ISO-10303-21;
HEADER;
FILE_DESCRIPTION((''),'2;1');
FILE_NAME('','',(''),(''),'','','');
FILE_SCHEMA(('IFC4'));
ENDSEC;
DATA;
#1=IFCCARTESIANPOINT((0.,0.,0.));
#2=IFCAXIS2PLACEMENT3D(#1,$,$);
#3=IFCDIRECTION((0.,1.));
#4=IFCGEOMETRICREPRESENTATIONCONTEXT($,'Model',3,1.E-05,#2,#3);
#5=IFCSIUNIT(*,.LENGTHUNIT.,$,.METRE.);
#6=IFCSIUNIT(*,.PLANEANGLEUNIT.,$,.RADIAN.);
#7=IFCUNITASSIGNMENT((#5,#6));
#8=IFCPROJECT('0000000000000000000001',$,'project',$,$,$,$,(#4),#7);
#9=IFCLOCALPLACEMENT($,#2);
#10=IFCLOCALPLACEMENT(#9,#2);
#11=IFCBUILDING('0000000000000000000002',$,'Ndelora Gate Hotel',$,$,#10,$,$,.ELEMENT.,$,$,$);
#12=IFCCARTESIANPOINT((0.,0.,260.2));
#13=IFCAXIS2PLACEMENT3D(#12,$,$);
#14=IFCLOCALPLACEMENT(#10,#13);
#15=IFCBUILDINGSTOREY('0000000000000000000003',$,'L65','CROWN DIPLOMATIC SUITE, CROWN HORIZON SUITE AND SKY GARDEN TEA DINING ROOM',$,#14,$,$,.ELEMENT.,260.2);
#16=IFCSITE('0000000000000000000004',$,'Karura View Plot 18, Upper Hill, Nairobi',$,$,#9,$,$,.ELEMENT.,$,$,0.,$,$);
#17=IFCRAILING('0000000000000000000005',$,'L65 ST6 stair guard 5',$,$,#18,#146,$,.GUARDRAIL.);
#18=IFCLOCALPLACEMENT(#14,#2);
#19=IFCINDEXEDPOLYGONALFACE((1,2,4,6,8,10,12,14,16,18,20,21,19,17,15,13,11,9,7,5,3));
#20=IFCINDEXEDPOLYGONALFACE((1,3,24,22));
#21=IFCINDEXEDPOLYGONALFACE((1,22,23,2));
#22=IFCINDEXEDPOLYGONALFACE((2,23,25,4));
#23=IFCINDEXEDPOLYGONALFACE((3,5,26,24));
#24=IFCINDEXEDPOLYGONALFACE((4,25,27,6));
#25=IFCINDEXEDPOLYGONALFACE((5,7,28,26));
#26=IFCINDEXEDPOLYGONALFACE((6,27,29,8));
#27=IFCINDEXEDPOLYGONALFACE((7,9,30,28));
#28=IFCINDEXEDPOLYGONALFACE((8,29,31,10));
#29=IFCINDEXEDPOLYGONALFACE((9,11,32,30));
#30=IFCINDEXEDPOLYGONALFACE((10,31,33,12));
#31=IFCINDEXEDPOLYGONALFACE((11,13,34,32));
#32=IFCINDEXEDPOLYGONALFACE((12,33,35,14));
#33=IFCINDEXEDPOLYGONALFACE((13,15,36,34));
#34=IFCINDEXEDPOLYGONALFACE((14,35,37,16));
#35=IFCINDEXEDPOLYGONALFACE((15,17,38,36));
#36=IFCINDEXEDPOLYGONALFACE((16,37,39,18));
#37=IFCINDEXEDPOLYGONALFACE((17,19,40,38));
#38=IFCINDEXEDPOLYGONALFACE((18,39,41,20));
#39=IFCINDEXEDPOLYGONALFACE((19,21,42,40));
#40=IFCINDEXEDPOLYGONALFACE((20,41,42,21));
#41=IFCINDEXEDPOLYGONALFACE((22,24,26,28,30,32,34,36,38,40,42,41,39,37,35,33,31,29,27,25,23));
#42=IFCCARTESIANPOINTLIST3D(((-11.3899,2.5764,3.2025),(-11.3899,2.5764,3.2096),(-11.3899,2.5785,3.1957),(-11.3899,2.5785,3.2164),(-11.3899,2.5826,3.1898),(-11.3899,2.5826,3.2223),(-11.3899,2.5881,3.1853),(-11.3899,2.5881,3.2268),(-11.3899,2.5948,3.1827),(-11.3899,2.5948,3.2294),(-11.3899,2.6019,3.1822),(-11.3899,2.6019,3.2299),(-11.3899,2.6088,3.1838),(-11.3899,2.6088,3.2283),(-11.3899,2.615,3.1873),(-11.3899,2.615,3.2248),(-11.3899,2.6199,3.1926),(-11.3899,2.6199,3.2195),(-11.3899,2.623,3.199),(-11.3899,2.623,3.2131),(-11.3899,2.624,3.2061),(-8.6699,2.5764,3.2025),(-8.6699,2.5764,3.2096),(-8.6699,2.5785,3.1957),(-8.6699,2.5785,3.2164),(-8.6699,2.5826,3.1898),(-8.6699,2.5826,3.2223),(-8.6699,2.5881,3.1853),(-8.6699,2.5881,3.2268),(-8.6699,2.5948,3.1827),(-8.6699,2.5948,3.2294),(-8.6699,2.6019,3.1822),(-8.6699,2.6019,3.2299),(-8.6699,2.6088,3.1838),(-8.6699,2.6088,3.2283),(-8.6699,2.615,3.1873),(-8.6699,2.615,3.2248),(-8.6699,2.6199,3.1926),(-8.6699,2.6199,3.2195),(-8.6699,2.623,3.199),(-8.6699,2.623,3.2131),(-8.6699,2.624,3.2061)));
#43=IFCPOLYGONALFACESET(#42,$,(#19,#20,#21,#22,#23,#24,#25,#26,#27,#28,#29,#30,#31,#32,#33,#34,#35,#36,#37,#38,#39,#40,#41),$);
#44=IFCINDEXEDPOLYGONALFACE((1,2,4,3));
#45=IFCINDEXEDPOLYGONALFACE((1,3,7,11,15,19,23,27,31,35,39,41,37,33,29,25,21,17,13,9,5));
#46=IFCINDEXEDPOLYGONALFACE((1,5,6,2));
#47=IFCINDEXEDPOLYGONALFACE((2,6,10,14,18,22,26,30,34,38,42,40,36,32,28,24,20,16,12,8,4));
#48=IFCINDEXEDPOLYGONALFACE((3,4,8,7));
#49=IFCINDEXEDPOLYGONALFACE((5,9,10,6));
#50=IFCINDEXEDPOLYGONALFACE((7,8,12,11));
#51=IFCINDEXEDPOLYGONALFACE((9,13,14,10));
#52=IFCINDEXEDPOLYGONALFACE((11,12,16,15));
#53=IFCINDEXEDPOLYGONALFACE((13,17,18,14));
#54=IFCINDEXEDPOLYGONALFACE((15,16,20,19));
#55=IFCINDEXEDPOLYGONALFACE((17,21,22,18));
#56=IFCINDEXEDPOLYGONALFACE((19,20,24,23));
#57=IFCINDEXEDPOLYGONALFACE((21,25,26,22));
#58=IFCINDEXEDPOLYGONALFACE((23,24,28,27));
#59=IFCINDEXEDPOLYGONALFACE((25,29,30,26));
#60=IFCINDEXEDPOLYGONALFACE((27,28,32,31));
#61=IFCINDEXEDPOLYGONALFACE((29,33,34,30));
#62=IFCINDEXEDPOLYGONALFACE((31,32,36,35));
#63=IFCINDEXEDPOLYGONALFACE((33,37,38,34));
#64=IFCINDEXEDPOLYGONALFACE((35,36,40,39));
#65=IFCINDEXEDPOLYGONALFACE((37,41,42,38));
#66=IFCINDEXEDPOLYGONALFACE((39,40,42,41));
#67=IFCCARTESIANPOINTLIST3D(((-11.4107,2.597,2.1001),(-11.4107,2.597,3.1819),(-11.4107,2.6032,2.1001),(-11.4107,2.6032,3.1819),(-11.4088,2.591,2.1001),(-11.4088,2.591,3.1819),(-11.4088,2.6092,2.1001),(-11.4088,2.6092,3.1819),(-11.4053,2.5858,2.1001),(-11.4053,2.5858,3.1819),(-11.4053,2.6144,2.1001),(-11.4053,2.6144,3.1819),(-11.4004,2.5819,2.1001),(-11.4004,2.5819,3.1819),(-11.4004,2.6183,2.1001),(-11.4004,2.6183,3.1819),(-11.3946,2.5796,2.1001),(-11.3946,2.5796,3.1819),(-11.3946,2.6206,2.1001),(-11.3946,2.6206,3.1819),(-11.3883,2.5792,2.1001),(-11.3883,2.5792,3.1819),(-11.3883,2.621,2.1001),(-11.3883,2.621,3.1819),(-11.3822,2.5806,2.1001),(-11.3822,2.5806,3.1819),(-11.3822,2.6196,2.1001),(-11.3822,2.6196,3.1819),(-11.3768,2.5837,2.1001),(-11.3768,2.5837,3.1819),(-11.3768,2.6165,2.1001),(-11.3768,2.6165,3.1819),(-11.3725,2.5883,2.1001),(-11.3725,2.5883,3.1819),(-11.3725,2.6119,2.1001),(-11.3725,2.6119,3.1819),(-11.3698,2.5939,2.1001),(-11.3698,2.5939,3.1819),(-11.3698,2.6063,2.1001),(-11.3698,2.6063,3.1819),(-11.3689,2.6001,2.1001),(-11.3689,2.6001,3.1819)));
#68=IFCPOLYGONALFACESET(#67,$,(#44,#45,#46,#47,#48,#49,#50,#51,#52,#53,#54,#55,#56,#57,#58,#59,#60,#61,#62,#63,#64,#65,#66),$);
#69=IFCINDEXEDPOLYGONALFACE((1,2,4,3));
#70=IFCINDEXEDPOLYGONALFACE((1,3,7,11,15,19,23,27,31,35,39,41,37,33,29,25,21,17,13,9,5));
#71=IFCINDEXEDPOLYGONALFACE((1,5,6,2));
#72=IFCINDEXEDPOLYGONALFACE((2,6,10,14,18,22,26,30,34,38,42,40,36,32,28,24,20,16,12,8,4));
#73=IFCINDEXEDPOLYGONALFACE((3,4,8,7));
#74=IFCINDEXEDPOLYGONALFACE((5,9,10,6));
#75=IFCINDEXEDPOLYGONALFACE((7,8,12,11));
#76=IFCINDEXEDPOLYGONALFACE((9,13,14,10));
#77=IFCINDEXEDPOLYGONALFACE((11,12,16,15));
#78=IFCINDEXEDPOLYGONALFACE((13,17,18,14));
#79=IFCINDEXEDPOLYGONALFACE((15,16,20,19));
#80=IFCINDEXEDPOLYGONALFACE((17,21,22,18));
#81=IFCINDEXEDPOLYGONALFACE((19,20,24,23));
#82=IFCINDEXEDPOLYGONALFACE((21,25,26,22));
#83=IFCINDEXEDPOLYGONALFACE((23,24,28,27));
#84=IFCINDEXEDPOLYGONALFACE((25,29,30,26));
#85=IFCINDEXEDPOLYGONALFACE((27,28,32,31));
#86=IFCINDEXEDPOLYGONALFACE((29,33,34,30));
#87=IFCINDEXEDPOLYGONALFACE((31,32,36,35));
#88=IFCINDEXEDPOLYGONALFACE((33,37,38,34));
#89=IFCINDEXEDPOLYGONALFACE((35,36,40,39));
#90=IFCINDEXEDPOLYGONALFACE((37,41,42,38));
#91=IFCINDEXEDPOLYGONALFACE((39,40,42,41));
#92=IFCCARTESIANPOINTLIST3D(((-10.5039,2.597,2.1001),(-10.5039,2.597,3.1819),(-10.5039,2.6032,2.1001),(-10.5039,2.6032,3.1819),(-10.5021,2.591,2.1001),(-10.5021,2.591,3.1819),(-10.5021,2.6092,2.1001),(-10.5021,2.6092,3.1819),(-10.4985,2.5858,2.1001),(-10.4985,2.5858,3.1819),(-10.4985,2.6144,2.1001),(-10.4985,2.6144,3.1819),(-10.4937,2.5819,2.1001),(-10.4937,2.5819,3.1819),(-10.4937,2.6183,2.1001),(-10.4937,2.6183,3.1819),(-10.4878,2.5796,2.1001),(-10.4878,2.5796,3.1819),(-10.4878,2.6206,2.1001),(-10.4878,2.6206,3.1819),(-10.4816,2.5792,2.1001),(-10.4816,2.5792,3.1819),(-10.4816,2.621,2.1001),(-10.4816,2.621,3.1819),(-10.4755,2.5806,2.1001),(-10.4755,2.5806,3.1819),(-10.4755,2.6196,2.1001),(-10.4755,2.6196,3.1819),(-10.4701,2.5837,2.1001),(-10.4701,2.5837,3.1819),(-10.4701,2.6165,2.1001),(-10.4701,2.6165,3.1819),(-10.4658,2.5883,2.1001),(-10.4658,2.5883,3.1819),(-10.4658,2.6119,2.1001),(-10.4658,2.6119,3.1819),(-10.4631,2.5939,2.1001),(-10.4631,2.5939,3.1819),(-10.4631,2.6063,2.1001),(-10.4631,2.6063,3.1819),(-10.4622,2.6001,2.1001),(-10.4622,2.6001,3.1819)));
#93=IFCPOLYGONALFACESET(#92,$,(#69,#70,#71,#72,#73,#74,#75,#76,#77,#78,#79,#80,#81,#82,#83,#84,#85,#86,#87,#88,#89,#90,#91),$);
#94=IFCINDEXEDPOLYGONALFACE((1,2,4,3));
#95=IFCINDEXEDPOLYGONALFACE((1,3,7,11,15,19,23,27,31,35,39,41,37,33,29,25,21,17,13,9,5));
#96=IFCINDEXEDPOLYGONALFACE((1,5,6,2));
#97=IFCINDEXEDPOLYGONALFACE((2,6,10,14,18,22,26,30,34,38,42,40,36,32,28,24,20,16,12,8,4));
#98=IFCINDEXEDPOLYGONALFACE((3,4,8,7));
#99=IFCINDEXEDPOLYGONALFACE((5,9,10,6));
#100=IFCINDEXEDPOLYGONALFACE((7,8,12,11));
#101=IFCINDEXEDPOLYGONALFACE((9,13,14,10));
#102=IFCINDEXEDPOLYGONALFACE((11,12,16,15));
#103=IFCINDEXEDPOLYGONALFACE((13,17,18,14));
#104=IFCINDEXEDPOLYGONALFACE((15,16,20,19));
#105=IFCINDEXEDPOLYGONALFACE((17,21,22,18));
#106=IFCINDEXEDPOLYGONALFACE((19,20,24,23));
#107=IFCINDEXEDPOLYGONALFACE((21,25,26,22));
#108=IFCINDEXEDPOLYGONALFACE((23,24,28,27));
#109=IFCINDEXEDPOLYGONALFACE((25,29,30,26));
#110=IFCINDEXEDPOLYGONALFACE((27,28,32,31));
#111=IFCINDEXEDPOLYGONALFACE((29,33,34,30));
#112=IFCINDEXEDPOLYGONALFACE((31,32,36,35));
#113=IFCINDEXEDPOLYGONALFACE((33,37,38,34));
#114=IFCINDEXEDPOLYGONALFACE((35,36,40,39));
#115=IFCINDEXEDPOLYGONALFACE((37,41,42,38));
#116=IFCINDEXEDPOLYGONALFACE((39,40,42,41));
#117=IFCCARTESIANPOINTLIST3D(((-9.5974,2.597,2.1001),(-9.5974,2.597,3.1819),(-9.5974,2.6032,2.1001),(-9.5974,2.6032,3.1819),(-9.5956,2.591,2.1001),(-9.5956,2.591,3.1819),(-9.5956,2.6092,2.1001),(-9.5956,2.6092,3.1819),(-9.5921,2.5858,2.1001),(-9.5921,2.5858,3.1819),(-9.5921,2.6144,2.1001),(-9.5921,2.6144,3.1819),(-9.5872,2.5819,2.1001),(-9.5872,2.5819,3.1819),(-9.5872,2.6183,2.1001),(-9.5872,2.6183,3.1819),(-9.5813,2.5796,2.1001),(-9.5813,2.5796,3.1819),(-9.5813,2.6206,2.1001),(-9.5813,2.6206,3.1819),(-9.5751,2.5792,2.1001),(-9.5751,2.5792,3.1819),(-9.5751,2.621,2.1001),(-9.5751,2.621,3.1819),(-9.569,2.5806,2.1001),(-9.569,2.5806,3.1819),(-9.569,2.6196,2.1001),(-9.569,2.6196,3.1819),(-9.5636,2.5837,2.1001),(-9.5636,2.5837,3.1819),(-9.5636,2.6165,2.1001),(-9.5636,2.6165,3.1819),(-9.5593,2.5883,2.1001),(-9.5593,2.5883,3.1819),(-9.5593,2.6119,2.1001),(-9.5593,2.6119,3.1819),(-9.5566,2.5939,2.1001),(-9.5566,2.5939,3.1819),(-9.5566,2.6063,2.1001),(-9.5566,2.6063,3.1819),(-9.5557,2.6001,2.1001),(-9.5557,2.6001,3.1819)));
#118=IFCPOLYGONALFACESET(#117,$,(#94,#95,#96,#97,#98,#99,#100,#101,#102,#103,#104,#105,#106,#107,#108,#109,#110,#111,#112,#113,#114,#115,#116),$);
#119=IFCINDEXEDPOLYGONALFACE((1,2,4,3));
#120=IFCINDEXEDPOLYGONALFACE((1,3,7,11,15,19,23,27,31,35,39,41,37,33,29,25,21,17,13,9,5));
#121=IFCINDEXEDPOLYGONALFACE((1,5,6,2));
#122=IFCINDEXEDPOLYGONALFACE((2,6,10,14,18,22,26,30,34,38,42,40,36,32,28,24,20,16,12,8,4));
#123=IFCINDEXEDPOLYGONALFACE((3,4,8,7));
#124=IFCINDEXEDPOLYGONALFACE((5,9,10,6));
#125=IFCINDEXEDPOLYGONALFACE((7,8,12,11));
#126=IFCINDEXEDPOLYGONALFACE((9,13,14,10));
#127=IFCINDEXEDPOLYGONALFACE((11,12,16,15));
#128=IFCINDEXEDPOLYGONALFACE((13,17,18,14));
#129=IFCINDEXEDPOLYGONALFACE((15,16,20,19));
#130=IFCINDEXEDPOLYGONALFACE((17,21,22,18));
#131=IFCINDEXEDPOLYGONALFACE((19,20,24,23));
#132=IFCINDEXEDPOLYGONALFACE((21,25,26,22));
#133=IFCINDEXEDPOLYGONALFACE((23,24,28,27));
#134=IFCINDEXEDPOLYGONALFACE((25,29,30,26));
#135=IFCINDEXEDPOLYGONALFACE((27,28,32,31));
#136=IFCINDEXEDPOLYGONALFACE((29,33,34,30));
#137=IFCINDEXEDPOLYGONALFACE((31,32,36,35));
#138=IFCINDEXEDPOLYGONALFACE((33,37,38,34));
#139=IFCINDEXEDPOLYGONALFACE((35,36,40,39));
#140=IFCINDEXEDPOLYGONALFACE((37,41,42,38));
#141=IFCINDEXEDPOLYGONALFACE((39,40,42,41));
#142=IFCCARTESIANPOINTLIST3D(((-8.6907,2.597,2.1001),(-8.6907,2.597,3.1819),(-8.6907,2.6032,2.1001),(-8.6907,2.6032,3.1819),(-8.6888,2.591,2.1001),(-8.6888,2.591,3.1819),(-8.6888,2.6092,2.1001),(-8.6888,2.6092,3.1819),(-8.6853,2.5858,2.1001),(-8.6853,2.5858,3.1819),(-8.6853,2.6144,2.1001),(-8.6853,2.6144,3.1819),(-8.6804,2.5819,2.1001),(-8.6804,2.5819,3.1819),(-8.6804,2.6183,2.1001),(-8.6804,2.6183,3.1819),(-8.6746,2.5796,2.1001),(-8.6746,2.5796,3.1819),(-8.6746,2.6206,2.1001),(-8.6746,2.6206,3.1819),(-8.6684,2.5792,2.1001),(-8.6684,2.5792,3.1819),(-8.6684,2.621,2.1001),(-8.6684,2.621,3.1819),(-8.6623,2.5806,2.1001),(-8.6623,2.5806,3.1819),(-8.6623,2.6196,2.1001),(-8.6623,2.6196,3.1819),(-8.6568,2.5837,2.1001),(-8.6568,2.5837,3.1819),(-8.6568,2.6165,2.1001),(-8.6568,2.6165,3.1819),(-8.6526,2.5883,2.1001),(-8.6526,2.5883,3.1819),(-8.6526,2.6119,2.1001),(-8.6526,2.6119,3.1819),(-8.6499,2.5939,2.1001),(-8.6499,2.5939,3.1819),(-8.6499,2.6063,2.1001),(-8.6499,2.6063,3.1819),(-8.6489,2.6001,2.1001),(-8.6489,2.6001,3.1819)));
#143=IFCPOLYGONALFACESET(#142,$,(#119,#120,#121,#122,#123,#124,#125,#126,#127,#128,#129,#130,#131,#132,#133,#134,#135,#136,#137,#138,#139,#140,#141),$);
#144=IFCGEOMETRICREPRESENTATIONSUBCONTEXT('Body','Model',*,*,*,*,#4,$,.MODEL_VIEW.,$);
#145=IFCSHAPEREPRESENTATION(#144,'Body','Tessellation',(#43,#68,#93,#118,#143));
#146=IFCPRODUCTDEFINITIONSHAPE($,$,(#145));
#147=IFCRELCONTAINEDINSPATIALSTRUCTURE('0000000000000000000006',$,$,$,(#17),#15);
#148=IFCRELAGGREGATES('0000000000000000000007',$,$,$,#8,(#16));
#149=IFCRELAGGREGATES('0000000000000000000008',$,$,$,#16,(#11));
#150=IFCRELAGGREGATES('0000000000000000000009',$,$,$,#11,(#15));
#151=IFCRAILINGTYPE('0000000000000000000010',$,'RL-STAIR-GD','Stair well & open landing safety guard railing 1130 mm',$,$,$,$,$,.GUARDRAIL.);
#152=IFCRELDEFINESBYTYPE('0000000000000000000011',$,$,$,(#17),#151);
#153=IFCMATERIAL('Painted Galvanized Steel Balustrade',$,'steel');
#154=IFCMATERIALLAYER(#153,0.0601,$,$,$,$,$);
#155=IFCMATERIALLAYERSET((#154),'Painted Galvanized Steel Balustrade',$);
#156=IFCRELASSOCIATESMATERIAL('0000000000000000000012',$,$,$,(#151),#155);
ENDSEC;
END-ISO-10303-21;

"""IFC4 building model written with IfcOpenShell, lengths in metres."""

from ifc_helpers import new_model, si_unit, direction, frame, origin, origin_2d, place, context, subcontext, project, spatial, circle, extrude, material, layer, layer_set, type_object, element, save


model = new_model("IFC4")

# Units and contexts
model_context = context("Model", 3, precision=1e-05, world=origin(), true_north=direction((0.0, 1.0)))
body_context = subcontext(model_context, "Body", "Model", "MODEL_VIEW")
ifc_project = project(units=[si_unit("LENGTHUNIT", "METRE"), si_unit("PLANEANGLEUNIT", "RADIAN")], contexts=[model_context])

# Site, building, storey
site_placement = place(None, origin())
site = spatial("IfcSite", under=ifc_project, at=site_placement, Name="Karura View Plot 18, Upper Hill, Nairobi", CompositionType="ELEMENT", RefElevation=0.0)
building_placement = place(site_placement, origin())
building = spatial("IfcBuilding", under=site, at=building_placement, Name="Ndelora Gate Hotel", CompositionType="ELEMENT")
storey_placement = place(building_placement, frame((0.0, 0.0, 260.2)))
storey = spatial("IfcBuildingStorey", under=building, at=storey_placement, Name="L65", Description="CROWN DIPLOMATIC SUITE, CROWN HORIZON SUITE AND SKY GARDEN TEA DINING ROOM", CompositionType="ELEMENT", Elevation=260.2)

# Railing
ifc_material_1 = material(Name="Painted Galvanized Steel Balustrade", Category="steel")
ifc_layer_1 = layer(ifc_material_1, 0.0601)
ifc_layer_set_1 = layer_set([ifc_layer_1], Name="Painted Galvanized Steel Balustrade")
railing_type = type_object("IfcRailingType", Name="RL-STAIR-GD", Description="Stair well & open landing safety guard railing 1130 mm", PredefinedType="GUARDRAIL", material=ifc_layer_set_1)
railing_1_placement = place(storey_placement, frame((-11.3899, 2.6001, 2.1001)))
element("IfcRailing", 1, at=railing_1_placement, inside=storey, type_object=railing_type, Name="L65 ST6 stair guard 5", PredefinedType="GUARDRAIL", context=body_context, shape_type="SweptSolid", body=[
    extrude(circle(Radius=0.0239, at=origin_2d()), frame((0.0, 0.0, 1.106), z_axis=(1.0, 0.0, 0.0), x_axis=(0.0, 1.0, 0.0)), (0.0, 0.0, 1.0), 2.72),
    extrude(circle(Radius=0.021, at=origin_2d()), origin(), (0.0, 0.0, 1.0), 1.0818),
    extrude(circle(Radius=0.021, at=origin_2d()), frame((0.9067, 0.0, 0.0)), (0.0, 0.0, 1.0), 1.0818),
    extrude(circle(Radius=0.021, at=origin_2d()), frame((1.8132, 0.0, 0.0)), (0.0, 0.0, 1.0), 1.0818),
    extrude(circle(Radius=0.021, at=origin_2d()), frame((2.72, 0.0, 0.0)), (0.0, 0.0, 1.0), 1.0818),
])

save(model, "model.ifc")
